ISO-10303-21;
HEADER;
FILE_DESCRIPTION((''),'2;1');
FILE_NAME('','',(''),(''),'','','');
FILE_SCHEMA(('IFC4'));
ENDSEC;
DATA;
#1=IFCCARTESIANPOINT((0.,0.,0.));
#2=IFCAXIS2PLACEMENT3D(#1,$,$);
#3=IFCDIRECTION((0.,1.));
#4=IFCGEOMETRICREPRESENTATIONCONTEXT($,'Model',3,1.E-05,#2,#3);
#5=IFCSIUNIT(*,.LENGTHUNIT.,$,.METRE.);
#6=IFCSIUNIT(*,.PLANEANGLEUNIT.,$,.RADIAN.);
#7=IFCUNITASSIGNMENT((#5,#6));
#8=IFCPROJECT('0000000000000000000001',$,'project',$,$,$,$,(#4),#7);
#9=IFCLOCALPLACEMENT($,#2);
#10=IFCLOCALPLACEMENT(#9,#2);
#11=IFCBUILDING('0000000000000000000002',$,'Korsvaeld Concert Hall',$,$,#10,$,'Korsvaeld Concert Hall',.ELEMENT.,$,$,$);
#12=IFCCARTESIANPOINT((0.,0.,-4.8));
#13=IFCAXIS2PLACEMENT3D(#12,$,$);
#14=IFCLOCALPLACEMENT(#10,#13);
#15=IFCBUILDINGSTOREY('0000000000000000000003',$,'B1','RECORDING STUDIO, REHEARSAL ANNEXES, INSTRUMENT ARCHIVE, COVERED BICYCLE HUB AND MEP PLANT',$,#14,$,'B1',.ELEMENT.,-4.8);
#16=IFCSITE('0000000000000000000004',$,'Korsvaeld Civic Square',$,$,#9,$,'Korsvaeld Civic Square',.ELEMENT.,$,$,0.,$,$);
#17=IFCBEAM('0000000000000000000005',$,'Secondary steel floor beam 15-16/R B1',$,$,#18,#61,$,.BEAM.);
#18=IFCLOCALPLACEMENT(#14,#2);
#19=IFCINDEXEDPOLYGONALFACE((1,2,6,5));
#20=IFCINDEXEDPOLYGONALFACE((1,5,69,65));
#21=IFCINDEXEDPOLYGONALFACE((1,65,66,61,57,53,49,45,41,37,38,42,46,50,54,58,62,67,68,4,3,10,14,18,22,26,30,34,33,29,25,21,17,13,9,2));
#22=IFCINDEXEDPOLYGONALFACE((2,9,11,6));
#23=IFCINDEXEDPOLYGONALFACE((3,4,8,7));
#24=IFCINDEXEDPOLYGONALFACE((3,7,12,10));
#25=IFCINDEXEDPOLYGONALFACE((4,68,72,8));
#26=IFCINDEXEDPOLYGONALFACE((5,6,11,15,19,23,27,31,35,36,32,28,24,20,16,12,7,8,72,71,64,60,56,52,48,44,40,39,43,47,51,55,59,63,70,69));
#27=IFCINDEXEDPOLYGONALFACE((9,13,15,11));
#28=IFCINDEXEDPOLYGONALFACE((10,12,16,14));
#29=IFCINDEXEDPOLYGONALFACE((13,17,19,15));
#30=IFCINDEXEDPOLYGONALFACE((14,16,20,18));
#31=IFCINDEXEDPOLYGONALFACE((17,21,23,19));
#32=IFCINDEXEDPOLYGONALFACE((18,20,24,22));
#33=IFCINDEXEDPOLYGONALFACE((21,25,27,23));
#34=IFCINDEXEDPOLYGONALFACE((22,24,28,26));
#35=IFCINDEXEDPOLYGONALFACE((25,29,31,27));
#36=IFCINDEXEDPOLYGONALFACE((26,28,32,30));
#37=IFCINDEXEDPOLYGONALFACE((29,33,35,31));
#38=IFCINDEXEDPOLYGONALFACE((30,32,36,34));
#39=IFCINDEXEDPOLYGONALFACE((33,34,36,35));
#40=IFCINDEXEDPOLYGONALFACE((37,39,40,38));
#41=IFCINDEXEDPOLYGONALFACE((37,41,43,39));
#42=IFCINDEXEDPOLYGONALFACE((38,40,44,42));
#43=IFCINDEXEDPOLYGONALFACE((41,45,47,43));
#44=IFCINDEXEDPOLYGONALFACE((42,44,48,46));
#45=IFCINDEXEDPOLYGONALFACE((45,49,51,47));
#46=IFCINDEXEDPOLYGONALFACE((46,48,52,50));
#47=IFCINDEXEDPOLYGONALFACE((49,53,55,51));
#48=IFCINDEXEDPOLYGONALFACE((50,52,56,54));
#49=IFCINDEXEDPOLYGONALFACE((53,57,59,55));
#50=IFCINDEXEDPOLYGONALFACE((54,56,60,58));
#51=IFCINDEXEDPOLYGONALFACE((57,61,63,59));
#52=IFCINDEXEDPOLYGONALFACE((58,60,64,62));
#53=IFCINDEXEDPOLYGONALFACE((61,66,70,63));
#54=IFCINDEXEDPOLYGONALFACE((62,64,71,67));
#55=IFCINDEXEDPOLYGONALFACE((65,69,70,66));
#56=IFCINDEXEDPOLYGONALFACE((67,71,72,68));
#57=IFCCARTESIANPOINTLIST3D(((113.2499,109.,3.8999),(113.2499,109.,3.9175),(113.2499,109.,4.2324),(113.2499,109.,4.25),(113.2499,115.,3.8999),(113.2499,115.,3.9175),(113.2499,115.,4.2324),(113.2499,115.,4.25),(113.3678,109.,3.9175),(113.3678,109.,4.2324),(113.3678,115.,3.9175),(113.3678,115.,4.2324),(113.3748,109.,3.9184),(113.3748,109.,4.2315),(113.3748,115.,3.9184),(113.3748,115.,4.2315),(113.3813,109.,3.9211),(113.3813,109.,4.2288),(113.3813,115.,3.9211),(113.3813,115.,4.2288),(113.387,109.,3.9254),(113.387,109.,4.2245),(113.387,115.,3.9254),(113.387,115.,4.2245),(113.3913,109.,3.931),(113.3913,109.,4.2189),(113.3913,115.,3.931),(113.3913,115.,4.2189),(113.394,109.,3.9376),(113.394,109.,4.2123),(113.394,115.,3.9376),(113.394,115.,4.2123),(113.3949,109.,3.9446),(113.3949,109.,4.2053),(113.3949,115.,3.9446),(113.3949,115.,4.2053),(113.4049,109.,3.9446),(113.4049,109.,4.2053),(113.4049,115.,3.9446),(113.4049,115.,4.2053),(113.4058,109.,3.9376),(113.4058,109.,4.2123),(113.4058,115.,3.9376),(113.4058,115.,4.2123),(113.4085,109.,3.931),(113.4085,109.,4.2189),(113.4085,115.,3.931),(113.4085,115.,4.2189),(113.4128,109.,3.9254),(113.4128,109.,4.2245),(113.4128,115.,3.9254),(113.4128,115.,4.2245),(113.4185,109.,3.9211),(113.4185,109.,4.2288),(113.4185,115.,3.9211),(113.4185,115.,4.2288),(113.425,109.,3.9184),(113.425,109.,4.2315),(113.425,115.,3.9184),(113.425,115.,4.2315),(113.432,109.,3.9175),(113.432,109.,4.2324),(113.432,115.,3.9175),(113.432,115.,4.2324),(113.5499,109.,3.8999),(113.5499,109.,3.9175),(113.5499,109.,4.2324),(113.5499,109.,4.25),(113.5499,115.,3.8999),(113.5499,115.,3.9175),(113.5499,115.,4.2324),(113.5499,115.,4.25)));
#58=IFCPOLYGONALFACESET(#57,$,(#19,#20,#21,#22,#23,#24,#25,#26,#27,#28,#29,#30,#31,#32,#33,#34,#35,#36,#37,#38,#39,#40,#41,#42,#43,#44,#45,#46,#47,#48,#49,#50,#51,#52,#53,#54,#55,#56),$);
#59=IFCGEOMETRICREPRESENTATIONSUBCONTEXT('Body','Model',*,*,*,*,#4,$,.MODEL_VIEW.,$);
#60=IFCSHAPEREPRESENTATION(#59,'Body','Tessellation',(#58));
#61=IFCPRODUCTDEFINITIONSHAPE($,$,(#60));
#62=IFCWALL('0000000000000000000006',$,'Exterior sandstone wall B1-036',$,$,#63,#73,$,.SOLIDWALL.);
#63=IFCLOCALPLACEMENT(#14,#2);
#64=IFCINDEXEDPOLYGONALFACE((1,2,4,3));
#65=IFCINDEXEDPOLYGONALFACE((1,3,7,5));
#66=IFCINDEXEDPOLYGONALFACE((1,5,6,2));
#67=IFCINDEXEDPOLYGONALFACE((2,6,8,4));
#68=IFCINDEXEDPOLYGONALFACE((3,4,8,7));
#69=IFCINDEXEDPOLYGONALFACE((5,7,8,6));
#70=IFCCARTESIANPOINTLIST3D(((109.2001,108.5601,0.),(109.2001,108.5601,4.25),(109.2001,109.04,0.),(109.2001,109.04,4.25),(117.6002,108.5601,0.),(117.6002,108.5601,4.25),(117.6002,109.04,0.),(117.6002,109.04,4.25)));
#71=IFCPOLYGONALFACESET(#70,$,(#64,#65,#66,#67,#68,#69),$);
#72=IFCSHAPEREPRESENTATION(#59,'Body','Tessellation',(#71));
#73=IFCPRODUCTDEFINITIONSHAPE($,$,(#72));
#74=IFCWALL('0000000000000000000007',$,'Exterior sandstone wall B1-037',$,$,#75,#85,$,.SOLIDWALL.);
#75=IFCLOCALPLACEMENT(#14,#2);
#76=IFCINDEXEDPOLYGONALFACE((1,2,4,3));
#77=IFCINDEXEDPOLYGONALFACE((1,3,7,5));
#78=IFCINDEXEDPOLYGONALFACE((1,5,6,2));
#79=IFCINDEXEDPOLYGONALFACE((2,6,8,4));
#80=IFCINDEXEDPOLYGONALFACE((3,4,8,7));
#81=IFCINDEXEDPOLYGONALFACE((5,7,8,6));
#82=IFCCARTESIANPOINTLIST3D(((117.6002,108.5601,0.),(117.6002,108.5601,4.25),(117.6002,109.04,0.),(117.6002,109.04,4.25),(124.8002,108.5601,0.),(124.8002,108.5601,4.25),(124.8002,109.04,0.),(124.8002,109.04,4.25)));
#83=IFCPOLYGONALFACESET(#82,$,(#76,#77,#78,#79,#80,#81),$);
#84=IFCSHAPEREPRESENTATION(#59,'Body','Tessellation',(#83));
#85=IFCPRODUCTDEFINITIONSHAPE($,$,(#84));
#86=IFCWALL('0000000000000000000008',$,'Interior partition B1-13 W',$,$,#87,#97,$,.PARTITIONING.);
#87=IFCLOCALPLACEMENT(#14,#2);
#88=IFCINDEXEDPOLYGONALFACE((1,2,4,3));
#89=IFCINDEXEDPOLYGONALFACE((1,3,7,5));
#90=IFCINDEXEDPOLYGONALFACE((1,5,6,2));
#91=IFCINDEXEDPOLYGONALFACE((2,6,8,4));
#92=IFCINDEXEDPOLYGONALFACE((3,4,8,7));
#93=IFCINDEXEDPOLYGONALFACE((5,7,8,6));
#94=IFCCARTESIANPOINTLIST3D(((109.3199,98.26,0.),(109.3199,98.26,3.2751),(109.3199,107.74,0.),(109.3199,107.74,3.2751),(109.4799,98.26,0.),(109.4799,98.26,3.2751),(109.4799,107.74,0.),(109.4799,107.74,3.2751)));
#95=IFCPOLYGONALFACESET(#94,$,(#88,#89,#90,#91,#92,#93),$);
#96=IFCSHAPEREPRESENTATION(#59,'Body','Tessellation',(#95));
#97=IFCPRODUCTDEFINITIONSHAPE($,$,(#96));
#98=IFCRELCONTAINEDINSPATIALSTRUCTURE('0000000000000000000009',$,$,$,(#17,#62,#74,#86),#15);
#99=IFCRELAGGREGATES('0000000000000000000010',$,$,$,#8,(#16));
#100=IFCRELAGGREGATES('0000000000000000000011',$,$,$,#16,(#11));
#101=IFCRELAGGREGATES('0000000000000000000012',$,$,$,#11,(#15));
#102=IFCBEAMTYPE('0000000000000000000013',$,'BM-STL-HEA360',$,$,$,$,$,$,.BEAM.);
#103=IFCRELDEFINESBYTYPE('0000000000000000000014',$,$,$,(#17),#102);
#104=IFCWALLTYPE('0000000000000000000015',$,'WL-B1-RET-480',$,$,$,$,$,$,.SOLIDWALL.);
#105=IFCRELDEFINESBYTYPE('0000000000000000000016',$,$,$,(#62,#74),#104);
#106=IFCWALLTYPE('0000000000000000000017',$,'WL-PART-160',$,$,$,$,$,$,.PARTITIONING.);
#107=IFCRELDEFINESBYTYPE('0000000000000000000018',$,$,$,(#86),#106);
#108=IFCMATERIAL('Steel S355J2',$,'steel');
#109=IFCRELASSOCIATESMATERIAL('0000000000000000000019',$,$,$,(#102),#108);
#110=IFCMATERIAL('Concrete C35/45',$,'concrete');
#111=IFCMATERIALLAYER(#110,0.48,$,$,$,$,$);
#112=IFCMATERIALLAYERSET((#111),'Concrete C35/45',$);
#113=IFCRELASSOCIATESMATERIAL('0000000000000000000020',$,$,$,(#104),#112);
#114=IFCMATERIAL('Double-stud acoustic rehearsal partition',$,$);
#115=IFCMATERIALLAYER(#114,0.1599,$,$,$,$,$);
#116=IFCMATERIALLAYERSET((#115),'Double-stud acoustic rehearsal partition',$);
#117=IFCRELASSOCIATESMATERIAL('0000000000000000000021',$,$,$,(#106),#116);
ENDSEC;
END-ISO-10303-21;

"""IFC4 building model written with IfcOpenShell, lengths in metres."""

from ifc_helpers import new_model, si_unit, direction, frame, frame_2d, origin, origin_2d, place, context, subcontext, project, spatial, rectangle, i_section, extrude, material, layer, layer_set, material_profile, profile_set, type_object, element, save


model = new_model("IFC4")

# Units and contexts
model_context = context("Model", 3, precision=1e-05, world=origin(), true_north=direction((0.0, 1.0)))
body_context = subcontext(model_context, "Body", "Model", "MODEL_VIEW")
ifc_project = project(units=[si_unit("LENGTHUNIT", "METRE"), si_unit("PLANEANGLEUNIT", "RADIAN")], contexts=[model_context])

# Site, building, storey
site_placement = place(None, origin())
site = spatial("IfcSite", under=ifc_project, at=site_placement, Name="Korsvaeld Civic Square", LongName="Korsvaeld Civic Square", CompositionType="ELEMENT", RefElevation=0.0)
building_placement = place(site_placement, origin())
building = spatial("IfcBuilding", under=site, at=building_placement, Name="Korsvaeld Concert Hall", LongName="Korsvaeld Concert Hall", CompositionType="ELEMENT")
storey_placement = place(building_placement, frame((0.0, 0.0, -4.8)))
storey = spatial("IfcBuildingStorey", under=building, at=storey_placement, Name="B1", Description="RECORDING STUDIO, REHEARSAL ANNEXES, INSTRUMENT ARCHIVE, COVERED BICYCLE HUB AND MEP PLANT", LongName="B1", CompositionType="ELEMENT", Elevation=-4.8)

# Shared definitions
ifc_material_1 = material(Name="Concrete C35/45", Category="concrete")

# Beam
ifc_material_2 = material(Name="Steel S355J2", Category="steel")
ifc_material_profile_1 = material_profile(ifc_material_2, i_section(OverallWidth=0.3, OverallDepth=0.3501, WebThickness=0.01, FlangeThickness=0.0176, FilletRadius=0.0271, at=origin_2d()), Name="HEA 360")
ifc_profile_set_1 = profile_set([ifc_material_profile_1], Name="Steel S355J2")
beam_type_1 = type_object("IfcBeamType", Name="BM-STL-HEA360", PredefinedType="BEAM", material=ifc_profile_set_1)
beam_1_placement = place(storey_placement, frame((113.3999, 109.0, 4.075), z_axis=(0.0, 1.0, 0.0), x_axis=(-1.0, 0.0, 0.0)))
element("IfcBeam", 1, at=beam_1_placement, inside=storey, type_object=beam_type_1, Name="Secondary steel floor beam 15-16/R B1", PredefinedType="BEAM", context=body_context, shape_type="SweptSolid", body=[
    extrude(i_section(OverallWidth=0.3, OverallDepth=0.3501, WebThickness=0.01, FlangeThickness=0.0176, FilletRadius=0.0271, at=origin_2d()), origin(), (0.0, 0.0, 1.0), 6.0),
])

# Walls
ifc_layer_1 = layer(ifc_material_1, 0.48)
ifc_layer_set_1 = layer_set([ifc_layer_1], Name="Concrete C35/45")
wall_type_1 = type_object("IfcWallType", Name="WL-B1-RET-480", PredefinedType="SOLIDWALL", material=ifc_layer_set_1)
wall_1_placement = place(storey_placement, frame((109.2, 108.8, 0.0), z_axis=(0.0, 0.0, 1.0), x_axis=(1.0, 0.0, 0.0)))
element("IfcWall", 2, at=wall_1_placement, inside=storey, type_object=wall_type_1, Name="Exterior sandstone wall B1-036", PredefinedType="SOLIDWALL", context=body_context, shape_type="SweptSolid", body=[
    extrude(rectangle(XDim=8.4001, YDim=0.48, at=frame_2d((4.2002, 0.0))), origin(), (0.0, 0.0, 1.0), 4.25),
])
wall_2_placement = place(storey_placement, frame((117.6001, 108.8, 0.0), z_axis=(0.0, 0.0, 1.0), x_axis=(1.0, 0.0, 0.0)))
element("IfcWall", 3, at=wall_2_placement, inside=storey, type_object=wall_type_1, Name="Exterior sandstone wall B1-037", PredefinedType="SOLIDWALL", context=body_context, shape_type="SweptSolid", body=[
    extrude(rectangle(XDim=7.2, YDim=0.48, at=frame_2d((3.6001, 0.0))), origin(), (0.0, 0.0, 1.0), 4.25),
])
ifc_material_3 = material(Name="Double-stud acoustic rehearsal partition")
ifc_layer_2 = layer(ifc_material_3, 0.1599)
ifc_layer_set_2 = layer_set([ifc_layer_2], Name="Double-stud acoustic rehearsal partition")
wall_type_2 = type_object("IfcWallType", Name="WL-PART-160", PredefinedType="PARTITIONING", material=ifc_layer_set_2)
wall_3_placement = place(storey_placement, frame((109.3999, 107.74, 0.0), z_axis=(0.0, 0.0, 1.0), x_axis=(0.0, -1.0, 0.0)))
element("IfcWall", 4, at=wall_3_placement, inside=storey, type_object=wall_type_2, Name="Interior partition B1-13 W", PredefinedType="PARTITIONING", context=body_context, shape_type="SweptSolid", body=[
    extrude(rectangle(XDim=9.48, YDim=0.1599, at=frame_2d((4.74, 0.0))), origin(), (0.0, 0.0, 1.0), 3.2751),
])

save(model, "model.ifc")
